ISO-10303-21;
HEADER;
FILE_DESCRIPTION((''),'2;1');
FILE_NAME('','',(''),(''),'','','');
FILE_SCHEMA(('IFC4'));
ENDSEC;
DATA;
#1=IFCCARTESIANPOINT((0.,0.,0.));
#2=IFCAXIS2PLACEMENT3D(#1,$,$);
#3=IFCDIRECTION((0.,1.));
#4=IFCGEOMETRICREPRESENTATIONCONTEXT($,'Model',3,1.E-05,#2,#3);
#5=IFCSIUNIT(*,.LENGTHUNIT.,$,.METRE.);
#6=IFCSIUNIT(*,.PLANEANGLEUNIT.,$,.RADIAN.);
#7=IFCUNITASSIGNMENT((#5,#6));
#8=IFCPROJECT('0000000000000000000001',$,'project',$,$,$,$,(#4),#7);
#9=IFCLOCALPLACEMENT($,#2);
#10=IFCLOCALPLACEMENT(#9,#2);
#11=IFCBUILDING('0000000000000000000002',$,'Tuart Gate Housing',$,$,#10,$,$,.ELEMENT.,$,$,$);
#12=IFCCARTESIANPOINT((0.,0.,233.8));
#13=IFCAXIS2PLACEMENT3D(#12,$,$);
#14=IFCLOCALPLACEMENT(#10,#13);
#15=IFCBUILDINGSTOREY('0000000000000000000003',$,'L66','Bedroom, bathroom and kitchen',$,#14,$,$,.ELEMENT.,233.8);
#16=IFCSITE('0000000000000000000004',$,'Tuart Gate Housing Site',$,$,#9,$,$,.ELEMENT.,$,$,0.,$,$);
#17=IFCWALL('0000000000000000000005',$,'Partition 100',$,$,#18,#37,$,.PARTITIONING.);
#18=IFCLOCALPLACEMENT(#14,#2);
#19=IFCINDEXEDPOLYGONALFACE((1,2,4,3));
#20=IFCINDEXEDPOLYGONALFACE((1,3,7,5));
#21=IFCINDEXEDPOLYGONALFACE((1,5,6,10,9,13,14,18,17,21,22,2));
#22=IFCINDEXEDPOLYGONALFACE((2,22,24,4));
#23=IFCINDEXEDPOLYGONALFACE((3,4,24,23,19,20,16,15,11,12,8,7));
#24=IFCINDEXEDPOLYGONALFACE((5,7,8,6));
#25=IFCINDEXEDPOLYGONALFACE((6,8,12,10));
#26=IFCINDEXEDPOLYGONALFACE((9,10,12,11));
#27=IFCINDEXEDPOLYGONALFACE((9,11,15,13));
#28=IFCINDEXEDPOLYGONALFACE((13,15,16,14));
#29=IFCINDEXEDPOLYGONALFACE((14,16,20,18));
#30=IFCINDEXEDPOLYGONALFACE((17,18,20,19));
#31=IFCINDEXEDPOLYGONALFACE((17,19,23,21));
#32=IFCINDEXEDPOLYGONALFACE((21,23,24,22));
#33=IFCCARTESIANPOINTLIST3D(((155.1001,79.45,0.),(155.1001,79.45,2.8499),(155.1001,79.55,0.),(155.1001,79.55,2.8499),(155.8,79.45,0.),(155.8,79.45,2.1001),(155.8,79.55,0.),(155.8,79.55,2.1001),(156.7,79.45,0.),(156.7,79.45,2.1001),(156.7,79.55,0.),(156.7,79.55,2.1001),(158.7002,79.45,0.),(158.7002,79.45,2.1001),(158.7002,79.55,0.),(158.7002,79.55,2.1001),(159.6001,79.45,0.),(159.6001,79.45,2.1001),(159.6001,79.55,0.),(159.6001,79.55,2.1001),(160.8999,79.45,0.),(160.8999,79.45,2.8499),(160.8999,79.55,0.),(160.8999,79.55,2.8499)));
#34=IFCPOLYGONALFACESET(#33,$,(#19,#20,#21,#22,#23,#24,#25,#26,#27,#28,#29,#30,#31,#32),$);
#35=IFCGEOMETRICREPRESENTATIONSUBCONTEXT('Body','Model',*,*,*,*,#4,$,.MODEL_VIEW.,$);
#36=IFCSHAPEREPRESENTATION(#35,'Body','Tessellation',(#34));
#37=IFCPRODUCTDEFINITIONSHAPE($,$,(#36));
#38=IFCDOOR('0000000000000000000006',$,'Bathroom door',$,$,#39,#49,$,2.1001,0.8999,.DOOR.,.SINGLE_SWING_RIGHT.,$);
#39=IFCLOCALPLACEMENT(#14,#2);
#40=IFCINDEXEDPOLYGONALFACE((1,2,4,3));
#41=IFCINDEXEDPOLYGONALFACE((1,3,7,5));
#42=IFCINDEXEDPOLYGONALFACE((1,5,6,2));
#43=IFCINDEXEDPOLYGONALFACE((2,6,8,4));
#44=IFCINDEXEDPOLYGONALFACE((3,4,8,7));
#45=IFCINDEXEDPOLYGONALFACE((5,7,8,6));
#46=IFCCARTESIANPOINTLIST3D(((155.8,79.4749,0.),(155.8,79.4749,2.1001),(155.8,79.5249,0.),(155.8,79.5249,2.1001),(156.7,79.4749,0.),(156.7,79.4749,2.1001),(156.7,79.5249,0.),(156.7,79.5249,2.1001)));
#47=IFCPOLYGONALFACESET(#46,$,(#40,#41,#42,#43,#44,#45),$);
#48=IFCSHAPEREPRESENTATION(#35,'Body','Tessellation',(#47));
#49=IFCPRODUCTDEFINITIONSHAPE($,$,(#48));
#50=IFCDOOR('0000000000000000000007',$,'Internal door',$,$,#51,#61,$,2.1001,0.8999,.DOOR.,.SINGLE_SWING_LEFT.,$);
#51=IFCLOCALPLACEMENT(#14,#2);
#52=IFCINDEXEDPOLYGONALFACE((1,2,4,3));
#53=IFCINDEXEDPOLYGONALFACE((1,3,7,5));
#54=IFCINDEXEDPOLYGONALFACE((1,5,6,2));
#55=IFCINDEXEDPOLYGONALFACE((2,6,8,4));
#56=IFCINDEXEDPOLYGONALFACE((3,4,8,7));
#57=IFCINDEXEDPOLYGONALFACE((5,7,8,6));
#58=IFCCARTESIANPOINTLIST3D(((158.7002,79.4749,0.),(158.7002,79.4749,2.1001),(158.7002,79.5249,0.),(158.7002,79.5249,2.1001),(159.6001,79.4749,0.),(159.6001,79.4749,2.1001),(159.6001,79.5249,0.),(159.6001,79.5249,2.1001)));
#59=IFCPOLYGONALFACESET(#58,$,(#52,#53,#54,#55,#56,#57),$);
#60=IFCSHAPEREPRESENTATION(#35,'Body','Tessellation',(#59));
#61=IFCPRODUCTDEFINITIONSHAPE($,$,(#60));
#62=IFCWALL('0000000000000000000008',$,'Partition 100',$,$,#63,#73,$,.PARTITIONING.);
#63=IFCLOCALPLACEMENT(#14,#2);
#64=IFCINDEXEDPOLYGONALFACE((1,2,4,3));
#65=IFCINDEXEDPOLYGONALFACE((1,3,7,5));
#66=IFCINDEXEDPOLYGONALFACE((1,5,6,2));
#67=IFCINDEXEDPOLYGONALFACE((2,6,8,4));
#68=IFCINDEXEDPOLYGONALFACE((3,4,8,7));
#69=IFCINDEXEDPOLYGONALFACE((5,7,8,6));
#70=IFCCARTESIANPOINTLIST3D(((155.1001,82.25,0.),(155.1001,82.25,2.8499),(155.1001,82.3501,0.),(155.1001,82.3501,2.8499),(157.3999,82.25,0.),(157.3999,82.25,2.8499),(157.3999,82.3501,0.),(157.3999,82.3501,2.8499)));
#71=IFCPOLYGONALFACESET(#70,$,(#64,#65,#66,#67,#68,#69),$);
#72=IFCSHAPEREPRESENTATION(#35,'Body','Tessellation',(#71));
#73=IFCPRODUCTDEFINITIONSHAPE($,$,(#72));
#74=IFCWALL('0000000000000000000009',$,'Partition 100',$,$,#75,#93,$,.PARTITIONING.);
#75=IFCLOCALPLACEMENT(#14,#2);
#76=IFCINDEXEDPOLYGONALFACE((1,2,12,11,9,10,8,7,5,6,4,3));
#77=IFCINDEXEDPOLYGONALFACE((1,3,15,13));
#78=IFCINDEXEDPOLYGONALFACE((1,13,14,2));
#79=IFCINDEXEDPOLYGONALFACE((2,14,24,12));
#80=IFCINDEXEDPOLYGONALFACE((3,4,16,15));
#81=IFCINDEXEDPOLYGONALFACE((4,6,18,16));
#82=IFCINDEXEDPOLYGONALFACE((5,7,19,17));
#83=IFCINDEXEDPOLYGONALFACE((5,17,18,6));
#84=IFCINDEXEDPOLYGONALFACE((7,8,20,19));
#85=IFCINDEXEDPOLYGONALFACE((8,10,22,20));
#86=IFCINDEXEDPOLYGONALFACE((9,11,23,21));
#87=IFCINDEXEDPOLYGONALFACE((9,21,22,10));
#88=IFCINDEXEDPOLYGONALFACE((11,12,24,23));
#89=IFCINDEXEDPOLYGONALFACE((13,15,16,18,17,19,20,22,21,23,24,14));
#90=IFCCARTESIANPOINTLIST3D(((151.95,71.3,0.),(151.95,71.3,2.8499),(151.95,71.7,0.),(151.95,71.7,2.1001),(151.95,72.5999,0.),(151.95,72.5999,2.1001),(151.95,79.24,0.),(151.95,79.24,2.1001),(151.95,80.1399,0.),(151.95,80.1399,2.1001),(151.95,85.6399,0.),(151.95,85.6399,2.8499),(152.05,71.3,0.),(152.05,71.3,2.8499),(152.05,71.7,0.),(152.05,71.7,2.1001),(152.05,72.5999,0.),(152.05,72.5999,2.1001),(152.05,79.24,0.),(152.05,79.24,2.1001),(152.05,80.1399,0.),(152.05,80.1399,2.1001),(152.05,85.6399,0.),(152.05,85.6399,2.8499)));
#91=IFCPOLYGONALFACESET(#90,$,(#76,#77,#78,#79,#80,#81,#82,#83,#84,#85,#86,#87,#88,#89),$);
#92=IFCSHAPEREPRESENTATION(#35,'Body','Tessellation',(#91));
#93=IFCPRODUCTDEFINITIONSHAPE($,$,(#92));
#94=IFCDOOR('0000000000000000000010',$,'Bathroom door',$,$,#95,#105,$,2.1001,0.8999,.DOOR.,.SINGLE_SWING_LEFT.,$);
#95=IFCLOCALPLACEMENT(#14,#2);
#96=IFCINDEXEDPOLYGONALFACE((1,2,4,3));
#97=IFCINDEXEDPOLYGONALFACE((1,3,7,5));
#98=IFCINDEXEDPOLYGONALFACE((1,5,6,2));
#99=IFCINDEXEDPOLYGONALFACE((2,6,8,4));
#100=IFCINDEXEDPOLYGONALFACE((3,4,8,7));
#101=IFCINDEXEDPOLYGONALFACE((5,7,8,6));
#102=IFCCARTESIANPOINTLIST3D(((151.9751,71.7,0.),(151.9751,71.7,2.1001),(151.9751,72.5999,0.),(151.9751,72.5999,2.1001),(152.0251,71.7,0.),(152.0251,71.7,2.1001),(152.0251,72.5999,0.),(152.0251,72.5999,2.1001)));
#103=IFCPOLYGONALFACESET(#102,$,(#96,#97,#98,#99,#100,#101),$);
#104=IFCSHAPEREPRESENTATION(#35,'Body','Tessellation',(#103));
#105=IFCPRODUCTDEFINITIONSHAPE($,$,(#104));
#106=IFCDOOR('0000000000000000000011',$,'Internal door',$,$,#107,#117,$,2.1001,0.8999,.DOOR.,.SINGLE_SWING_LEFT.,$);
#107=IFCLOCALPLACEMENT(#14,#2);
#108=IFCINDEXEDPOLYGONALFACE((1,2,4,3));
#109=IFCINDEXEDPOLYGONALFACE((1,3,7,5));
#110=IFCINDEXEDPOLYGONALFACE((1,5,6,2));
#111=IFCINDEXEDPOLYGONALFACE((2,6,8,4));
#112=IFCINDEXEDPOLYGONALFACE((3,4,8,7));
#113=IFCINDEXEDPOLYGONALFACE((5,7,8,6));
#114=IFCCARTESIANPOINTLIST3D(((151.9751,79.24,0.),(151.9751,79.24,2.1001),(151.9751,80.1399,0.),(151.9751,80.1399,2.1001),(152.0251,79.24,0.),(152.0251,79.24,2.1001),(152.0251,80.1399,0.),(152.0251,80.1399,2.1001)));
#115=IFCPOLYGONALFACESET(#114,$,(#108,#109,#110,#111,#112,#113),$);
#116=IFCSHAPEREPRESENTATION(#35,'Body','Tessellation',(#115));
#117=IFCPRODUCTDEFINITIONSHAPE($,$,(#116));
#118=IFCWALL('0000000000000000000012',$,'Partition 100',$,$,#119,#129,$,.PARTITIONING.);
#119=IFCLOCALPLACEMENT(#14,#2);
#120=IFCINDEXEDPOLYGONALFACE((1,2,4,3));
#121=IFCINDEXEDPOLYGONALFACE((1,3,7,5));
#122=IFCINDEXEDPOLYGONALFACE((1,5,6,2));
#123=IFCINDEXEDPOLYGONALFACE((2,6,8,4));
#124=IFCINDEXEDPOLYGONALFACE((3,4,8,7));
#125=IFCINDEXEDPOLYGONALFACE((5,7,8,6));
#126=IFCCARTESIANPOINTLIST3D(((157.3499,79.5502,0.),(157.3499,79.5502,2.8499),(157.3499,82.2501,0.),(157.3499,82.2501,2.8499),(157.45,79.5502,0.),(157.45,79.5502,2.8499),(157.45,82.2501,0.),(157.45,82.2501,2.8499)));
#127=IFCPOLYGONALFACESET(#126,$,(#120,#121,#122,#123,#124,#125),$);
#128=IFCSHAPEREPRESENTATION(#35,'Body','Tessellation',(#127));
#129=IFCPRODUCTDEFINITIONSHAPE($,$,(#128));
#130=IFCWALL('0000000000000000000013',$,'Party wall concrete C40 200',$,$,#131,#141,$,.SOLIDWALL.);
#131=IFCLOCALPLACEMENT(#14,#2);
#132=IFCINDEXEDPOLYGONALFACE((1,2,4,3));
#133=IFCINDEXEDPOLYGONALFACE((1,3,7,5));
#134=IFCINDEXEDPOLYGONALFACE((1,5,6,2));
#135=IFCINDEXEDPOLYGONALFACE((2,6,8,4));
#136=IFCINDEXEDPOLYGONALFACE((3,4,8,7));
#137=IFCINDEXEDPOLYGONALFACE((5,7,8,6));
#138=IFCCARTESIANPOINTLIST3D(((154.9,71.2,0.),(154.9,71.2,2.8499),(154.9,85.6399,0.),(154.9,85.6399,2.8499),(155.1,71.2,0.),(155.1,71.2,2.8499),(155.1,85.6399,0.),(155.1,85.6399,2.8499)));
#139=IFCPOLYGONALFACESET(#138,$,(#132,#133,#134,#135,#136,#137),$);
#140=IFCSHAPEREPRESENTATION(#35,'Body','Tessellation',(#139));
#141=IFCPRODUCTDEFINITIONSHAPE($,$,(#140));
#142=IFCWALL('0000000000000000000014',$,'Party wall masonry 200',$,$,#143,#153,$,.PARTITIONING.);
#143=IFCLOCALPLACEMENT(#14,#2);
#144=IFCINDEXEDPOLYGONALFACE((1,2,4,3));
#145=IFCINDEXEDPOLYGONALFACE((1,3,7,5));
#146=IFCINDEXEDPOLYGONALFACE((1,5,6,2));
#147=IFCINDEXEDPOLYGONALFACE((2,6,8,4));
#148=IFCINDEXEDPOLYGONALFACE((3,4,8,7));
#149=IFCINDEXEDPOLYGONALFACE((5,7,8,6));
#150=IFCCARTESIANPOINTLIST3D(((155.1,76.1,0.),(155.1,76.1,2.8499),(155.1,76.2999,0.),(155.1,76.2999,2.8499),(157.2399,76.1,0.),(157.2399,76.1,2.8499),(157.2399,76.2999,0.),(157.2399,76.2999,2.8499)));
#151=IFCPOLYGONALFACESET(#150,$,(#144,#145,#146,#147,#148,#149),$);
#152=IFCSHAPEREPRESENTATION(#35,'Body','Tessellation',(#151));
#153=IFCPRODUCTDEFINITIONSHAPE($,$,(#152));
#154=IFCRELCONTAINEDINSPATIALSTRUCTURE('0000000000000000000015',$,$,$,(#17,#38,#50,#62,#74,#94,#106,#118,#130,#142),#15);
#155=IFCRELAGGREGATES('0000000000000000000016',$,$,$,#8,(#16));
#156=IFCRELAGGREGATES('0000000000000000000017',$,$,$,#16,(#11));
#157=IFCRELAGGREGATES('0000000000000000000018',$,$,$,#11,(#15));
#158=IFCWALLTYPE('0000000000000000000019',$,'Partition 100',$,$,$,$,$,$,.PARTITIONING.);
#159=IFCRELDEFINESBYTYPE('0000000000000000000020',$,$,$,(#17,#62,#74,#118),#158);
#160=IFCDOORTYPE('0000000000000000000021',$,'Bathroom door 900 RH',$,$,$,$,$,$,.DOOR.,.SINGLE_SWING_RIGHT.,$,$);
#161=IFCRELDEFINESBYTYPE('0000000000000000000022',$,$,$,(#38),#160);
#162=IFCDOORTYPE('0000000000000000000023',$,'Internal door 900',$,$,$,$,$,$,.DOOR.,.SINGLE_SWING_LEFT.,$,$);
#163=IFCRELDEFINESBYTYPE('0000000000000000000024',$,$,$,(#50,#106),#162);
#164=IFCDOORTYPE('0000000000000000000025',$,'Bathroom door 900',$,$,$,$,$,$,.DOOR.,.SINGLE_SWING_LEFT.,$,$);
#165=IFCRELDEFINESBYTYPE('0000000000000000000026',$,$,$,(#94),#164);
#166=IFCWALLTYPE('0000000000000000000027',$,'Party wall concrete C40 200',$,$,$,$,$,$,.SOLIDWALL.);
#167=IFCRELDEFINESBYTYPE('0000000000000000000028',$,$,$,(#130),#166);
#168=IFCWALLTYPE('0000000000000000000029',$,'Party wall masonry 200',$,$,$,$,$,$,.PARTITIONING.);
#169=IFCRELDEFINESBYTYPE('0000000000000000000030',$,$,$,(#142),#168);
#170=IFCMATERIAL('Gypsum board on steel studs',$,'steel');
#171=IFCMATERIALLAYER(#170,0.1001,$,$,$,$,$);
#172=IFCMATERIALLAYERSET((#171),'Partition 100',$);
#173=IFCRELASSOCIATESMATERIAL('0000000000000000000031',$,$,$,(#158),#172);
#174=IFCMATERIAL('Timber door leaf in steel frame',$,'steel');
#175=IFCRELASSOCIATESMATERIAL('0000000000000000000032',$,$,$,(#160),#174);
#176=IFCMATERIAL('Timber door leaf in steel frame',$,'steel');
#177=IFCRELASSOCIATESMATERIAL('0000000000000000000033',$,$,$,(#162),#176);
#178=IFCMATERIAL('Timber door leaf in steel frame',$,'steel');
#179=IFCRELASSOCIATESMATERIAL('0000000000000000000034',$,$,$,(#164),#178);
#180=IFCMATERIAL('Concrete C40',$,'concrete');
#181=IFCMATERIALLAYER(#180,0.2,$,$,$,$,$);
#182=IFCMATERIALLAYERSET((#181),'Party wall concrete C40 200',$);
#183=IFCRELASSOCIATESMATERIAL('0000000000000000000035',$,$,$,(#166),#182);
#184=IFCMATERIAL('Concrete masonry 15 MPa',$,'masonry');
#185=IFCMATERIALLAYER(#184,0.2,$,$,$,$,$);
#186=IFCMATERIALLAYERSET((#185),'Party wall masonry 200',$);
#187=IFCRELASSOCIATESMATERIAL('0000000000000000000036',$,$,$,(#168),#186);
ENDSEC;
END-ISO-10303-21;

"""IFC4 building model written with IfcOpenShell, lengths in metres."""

from ifc_helpers import new_model, si_unit, direction, frame, frame_2d, origin, place, context, subcontext, project, spatial, rectangle, extrude, material, layer, layer_set, type_object, element, fill, save


model = new_model("IFC4")

# Units and contexts
model_context = context("Model", 3, precision=1e-05, world=origin(), true_north=direction((0.0, 1.0)))
body_context = subcontext(model_context, "Body", "Model", "MODEL_VIEW")
ifc_project = project(units=[si_unit("LENGTHUNIT", "METRE"), si_unit("PLANEANGLEUNIT", "RADIAN")], contexts=[model_context])

# Site, building, storey
site_placement = place(None, origin())
site = spatial("IfcSite", under=ifc_project, at=site_placement, Name="Tuart Gate Housing Site", CompositionType="ELEMENT", RefElevation=0.0)
building_placement = place(site_placement, origin())
building = spatial("IfcBuilding", under=site, at=building_placement, Name="Tuart Gate Housing", CompositionType="ELEMENT")
storey_placement = place(building_placement, frame((0.0, 0.0, 233.8)))
storey = spatial("IfcBuildingStorey", under=building, at=storey_placement, Name="L66", Description="Bedroom, bathroom and kitchen", CompositionType="ELEMENT", Elevation=233.8)

# Wall, openings, doors
ifc_material_1 = material(Name="Gypsum board on steel studs", Category="steel")
ifc_layer_1 = layer(ifc_material_1, 0.1001)
ifc_layer_set_1 = layer_set([ifc_layer_1], Name="Partition 100")
wall_type_1 = type_object("IfcWallType", Name="Partition 100", PredefinedType="PARTITIONING", material=ifc_layer_set_1)
wall_1_placement = place(storey_placement, frame((155.1001, 79.5, 0.0), z_axis=(0.0, 0.0, 1.0), x_axis=(1.0, 0.0, 0.0)))
wall_1 = element("IfcWall", 1, at=wall_1_placement, inside=storey, type_object=wall_type_1, Name="Partition 100", PredefinedType="PARTITIONING", context=body_context, shape_type="SweptSolid", body=[
    extrude(rectangle(XDim=5.7998, YDim=0.1001, at=frame_2d((2.8999, 0.0))), origin(), (0.0, 0.0, 1.0), 2.8499),
])
opening_1_placement = place(wall_1_placement, frame((3.6001, 0.0, 0.0)))
opening_1 = element("IfcOpeningElement", 2, at=opening_1_placement, cuts=wall_1, PredefinedType="OPENING", context=body_context, shape_type="SweptSolid", body=[
    extrude(rectangle(XDim=0.8999, YDim=2.1001, at=frame_2d((0.45, 1.05))), frame((0.0, 0.0601, 0.0), z_axis=(0.0, -1.0, 0.0), x_axis=(1.0, 0.0, 0.0)), (0.0, 0.0, 1.0), 0.1201),
])
opening_2_placement = place(wall_1_placement, frame((0.7, 0.0, 0.0)))
opening_2 = element("IfcOpeningElement", 3, at=opening_2_placement, cuts=wall_1, PredefinedType="OPENING", context=body_context, shape_type="SweptSolid", body=[
    extrude(rectangle(XDim=0.8999, YDim=2.1001, at=frame_2d((0.45, 1.05))), frame((0.0, 0.0601, 0.0), z_axis=(0.0, -1.0, 0.0), x_axis=(1.0, 0.0, 0.0)), (0.0, 0.0, 1.0), 0.1201),
])
ifc_material_2 = material(Name="Timber door leaf in steel frame", Category="steel")
door_type_1 = type_object("IfcDoorType", Name="Bathroom door 900 RH", OperationType="SINGLE_SWING_RIGHT", PredefinedType="DOOR", material=ifc_material_2)
door_1_placement = place(opening_2_placement, origin())
door_1 = element("IfcDoor", 4, at=door_1_placement, inside=storey, type_object=door_type_1, Name="Bathroom door", OperationType="SINGLE_SWING_RIGHT", OverallHeight=2.1001, OverallWidth=0.8999, PredefinedType="DOOR", context=body_context, shape_type="SweptSolid", body=[
    extrude(rectangle(XDim=0.8999, YDim=2.1001, at=frame_2d((0.45, 1.05))), frame((0.0, 0.0249, 0.0), z_axis=(0.0, -1.0, 0.0), x_axis=(1.0, 0.0, 0.0)), (0.0, 0.0, 1.0), 0.05),
])
fill(opening_2, door_1)
ifc_material_3 = material(Name="Timber door leaf in steel frame", Category="steel")
door_type_2 = type_object("IfcDoorType", Name="Internal door 900", OperationType="SINGLE_SWING_LEFT", PredefinedType="DOOR", material=ifc_material_3)
door_2_placement = place(opening_1_placement, origin())
door_2 = element("IfcDoor", 5, at=door_2_placement, inside=storey, type_object=door_type_2, Name="Internal door", OperationType="SINGLE_SWING_LEFT", OverallHeight=2.1001, OverallWidth=0.8999, PredefinedType="DOOR", context=body_context, shape_type="SweptSolid", body=[
    extrude(rectangle(XDim=0.8999, YDim=2.1001, at=frame_2d((0.45, 1.05))), frame((0.0, 0.0249, 0.0), z_axis=(0.0, -1.0, 0.0), x_axis=(1.0, 0.0, 0.0)), (0.0, 0.0, 1.0), 0.05),
])
fill(opening_1, door_2)

# Wall
wall_2_placement = place(storey_placement, frame((155.1001, 82.3, 0.0), z_axis=(0.0, 0.0, 1.0), x_axis=(1.0, 0.0, 0.0)))
element("IfcWall", 6, at=wall_2_placement, inside=storey, type_object=wall_type_1, Name="Partition 100", PredefinedType="PARTITIONING", context=body_context, shape_type="SweptSolid", body=[
    extrude(rectangle(XDim=2.2998, YDim=0.1001, at=frame_2d((1.1499, 0.0))), origin(), (0.0, 0.0, 1.0), 2.8499),
])

# Wall, openings, doors
wall_3_placement = place(storey_placement, frame((152.0, 71.3, 0.0), z_axis=(0.0, 0.0, 1.0), x_axis=(0.0, 1.0, 0.0)))
wall_3 = element("IfcWall", 7, at=wall_3_placement, inside=storey, type_object=wall_type_1, Name="Partition 100", PredefinedType="PARTITIONING", context=body_context, shape_type="SweptSolid", body=[
    extrude(rectangle(XDim=14.3398, YDim=0.1001, at=frame_2d((7.1699, 0.0))), origin(), (0.0, 0.0, 1.0), 2.8499),
])
opening_3_placement = place(wall_3_placement, frame((7.9399, 0.0, 0.0)))
opening_3 = element("IfcOpeningElement", 8, at=opening_3_placement, cuts=wall_3, PredefinedType="OPENING", context=body_context, shape_type="SweptSolid", body=[
    extrude(rectangle(XDim=0.8999, YDim=2.1001, at=frame_2d((0.45, 1.05))), frame((0.0, 0.0601, 0.0), z_axis=(0.0, -1.0, 0.0), x_axis=(1.0, 0.0, 0.0)), (0.0, 0.0, 1.0), 0.1201),
])
opening_4_placement = place(wall_3_placement, frame((0.3999, 0.0, 0.0)))
opening_4 = element("IfcOpeningElement", 9, at=opening_4_placement, cuts=wall_3, PredefinedType="OPENING", context=body_context, shape_type="SweptSolid", body=[
    extrude(rectangle(XDim=0.8999, YDim=2.1001, at=frame_2d((0.45, 1.05))), frame((0.0, 0.0601, 0.0), z_axis=(0.0, -1.0, 0.0), x_axis=(1.0, 0.0, 0.0)), (0.0, 0.0, 1.0), 0.1201),
])
ifc_material_4 = material(Name="Timber door leaf in steel frame", Category="steel")
door_type_3 = type_object("IfcDoorType", Name="Bathroom door 900", OperationType="SINGLE_SWING_LEFT", PredefinedType="DOOR", material=ifc_material_4)
door_3_placement = place(opening_4_placement, origin())
door_3 = element("IfcDoor", 10, at=door_3_placement, inside=storey, type_object=door_type_3, Name="Bathroom door", OperationType="SINGLE_SWING_LEFT", OverallHeight=2.1001, OverallWidth=0.8999, PredefinedType="DOOR", context=body_context, shape_type="SweptSolid", body=[
    extrude(rectangle(XDim=0.8999, YDim=2.1001, at=frame_2d((0.45, 1.05))), frame((0.0, 0.0249, 0.0), z_axis=(0.0, -1.0, 0.0), x_axis=(1.0, 0.0, 0.0)), (0.0, 0.0, 1.0), 0.05),
])
fill(opening_4, door_3)
door_4_placement = place(opening_3_placement, origin())
door_4 = element("IfcDoor", 11, at=door_4_placement, inside=storey, type_object=door_type_2, Name="Internal door", OperationType="SINGLE_SWING_LEFT", OverallHeight=2.1001, OverallWidth=0.8999, PredefinedType="DOOR", context=body_context, shape_type="SweptSolid", body=[
    extrude(rectangle(XDim=0.8999, YDim=2.1001, at=frame_2d((0.45, 1.05))), frame((0.0, 0.0249, 0.0), z_axis=(0.0, -1.0, 0.0), x_axis=(1.0, 0.0, 0.0)), (0.0, 0.0, 1.0), 0.05),
])
fill(opening_3, door_4)

# Walls
wall_4_placement = place(storey_placement, frame((157.3999, 79.55, 0.0), z_axis=(0.0, 0.0, 1.0), x_axis=(0.0, 1.0, 0.0)))
element("IfcWall", 12, at=wall_4_placement, inside=storey, type_object=wall_type_1, Name="Partition 100", PredefinedType="PARTITIONING", context=body_context, shape_type="SweptSolid", body=[
    extrude(rectangle(XDim=2.7, YDim=0.1001, at=frame_2d((1.3501, 0.0))), origin(), (0.0, 0.0, 1.0), 2.8499),
])
ifc_material_5 = material(Name="Concrete C40", Category="concrete")
ifc_layer_2 = layer(ifc_material_5, 0.2)
ifc_layer_set_2 = layer_set([ifc_layer_2], Name="Party wall concrete C40 200")
wall_type_2 = type_object("IfcWallType", Name="Party wall concrete C40 200", PredefinedType="SOLIDWALL", material=ifc_layer_set_2)
wall_5_placement = place(storey_placement, frame((155.0, 71.2, 0.0), z_axis=(0.0, 0.0, 1.0), x_axis=(0.0, 1.0, 0.0)))
element("IfcWall", 13, at=wall_5_placement, inside=storey, type_object=wall_type_2, Name="Party wall concrete C40 200", PredefinedType="SOLIDWALL", context=body_context, shape_type="SweptSolid", body=[
    extrude(rectangle(XDim=14.4399, YDim=0.2, at=frame_2d((7.22, 0.0))), origin(), (0.0, 0.0, 1.0), 2.8499),
])
ifc_material_6 = material(Name="Concrete masonry 15 MPa", Category="masonry")
ifc_layer_3 = layer(ifc_material_6, 0.2)
ifc_layer_set_3 = layer_set([ifc_layer_3], Name="Party wall masonry 200")
wall_type_3 = type_object("IfcWallType", Name="Party wall masonry 200", PredefinedType="PARTITIONING", material=ifc_layer_set_3)
wall_6_placement = place(storey_placement, frame((155.1001, 76.2, 0.0), z_axis=(0.0, 0.0, 1.0), x_axis=(1.0, 0.0, 0.0)))
element("IfcWall", 14, at=wall_6_placement, inside=storey, type_object=wall_type_3, Name="Party wall masonry 200", PredefinedType="PARTITIONING", context=body_context, shape_type="SweptSolid", body=[
    extrude(rectangle(XDim=2.1399, YDim=0.2, at=frame_2d((1.0698, 0.0))), origin(), (0.0, 0.0, 1.0), 2.8499),
])

save(model, "model.ifc")
